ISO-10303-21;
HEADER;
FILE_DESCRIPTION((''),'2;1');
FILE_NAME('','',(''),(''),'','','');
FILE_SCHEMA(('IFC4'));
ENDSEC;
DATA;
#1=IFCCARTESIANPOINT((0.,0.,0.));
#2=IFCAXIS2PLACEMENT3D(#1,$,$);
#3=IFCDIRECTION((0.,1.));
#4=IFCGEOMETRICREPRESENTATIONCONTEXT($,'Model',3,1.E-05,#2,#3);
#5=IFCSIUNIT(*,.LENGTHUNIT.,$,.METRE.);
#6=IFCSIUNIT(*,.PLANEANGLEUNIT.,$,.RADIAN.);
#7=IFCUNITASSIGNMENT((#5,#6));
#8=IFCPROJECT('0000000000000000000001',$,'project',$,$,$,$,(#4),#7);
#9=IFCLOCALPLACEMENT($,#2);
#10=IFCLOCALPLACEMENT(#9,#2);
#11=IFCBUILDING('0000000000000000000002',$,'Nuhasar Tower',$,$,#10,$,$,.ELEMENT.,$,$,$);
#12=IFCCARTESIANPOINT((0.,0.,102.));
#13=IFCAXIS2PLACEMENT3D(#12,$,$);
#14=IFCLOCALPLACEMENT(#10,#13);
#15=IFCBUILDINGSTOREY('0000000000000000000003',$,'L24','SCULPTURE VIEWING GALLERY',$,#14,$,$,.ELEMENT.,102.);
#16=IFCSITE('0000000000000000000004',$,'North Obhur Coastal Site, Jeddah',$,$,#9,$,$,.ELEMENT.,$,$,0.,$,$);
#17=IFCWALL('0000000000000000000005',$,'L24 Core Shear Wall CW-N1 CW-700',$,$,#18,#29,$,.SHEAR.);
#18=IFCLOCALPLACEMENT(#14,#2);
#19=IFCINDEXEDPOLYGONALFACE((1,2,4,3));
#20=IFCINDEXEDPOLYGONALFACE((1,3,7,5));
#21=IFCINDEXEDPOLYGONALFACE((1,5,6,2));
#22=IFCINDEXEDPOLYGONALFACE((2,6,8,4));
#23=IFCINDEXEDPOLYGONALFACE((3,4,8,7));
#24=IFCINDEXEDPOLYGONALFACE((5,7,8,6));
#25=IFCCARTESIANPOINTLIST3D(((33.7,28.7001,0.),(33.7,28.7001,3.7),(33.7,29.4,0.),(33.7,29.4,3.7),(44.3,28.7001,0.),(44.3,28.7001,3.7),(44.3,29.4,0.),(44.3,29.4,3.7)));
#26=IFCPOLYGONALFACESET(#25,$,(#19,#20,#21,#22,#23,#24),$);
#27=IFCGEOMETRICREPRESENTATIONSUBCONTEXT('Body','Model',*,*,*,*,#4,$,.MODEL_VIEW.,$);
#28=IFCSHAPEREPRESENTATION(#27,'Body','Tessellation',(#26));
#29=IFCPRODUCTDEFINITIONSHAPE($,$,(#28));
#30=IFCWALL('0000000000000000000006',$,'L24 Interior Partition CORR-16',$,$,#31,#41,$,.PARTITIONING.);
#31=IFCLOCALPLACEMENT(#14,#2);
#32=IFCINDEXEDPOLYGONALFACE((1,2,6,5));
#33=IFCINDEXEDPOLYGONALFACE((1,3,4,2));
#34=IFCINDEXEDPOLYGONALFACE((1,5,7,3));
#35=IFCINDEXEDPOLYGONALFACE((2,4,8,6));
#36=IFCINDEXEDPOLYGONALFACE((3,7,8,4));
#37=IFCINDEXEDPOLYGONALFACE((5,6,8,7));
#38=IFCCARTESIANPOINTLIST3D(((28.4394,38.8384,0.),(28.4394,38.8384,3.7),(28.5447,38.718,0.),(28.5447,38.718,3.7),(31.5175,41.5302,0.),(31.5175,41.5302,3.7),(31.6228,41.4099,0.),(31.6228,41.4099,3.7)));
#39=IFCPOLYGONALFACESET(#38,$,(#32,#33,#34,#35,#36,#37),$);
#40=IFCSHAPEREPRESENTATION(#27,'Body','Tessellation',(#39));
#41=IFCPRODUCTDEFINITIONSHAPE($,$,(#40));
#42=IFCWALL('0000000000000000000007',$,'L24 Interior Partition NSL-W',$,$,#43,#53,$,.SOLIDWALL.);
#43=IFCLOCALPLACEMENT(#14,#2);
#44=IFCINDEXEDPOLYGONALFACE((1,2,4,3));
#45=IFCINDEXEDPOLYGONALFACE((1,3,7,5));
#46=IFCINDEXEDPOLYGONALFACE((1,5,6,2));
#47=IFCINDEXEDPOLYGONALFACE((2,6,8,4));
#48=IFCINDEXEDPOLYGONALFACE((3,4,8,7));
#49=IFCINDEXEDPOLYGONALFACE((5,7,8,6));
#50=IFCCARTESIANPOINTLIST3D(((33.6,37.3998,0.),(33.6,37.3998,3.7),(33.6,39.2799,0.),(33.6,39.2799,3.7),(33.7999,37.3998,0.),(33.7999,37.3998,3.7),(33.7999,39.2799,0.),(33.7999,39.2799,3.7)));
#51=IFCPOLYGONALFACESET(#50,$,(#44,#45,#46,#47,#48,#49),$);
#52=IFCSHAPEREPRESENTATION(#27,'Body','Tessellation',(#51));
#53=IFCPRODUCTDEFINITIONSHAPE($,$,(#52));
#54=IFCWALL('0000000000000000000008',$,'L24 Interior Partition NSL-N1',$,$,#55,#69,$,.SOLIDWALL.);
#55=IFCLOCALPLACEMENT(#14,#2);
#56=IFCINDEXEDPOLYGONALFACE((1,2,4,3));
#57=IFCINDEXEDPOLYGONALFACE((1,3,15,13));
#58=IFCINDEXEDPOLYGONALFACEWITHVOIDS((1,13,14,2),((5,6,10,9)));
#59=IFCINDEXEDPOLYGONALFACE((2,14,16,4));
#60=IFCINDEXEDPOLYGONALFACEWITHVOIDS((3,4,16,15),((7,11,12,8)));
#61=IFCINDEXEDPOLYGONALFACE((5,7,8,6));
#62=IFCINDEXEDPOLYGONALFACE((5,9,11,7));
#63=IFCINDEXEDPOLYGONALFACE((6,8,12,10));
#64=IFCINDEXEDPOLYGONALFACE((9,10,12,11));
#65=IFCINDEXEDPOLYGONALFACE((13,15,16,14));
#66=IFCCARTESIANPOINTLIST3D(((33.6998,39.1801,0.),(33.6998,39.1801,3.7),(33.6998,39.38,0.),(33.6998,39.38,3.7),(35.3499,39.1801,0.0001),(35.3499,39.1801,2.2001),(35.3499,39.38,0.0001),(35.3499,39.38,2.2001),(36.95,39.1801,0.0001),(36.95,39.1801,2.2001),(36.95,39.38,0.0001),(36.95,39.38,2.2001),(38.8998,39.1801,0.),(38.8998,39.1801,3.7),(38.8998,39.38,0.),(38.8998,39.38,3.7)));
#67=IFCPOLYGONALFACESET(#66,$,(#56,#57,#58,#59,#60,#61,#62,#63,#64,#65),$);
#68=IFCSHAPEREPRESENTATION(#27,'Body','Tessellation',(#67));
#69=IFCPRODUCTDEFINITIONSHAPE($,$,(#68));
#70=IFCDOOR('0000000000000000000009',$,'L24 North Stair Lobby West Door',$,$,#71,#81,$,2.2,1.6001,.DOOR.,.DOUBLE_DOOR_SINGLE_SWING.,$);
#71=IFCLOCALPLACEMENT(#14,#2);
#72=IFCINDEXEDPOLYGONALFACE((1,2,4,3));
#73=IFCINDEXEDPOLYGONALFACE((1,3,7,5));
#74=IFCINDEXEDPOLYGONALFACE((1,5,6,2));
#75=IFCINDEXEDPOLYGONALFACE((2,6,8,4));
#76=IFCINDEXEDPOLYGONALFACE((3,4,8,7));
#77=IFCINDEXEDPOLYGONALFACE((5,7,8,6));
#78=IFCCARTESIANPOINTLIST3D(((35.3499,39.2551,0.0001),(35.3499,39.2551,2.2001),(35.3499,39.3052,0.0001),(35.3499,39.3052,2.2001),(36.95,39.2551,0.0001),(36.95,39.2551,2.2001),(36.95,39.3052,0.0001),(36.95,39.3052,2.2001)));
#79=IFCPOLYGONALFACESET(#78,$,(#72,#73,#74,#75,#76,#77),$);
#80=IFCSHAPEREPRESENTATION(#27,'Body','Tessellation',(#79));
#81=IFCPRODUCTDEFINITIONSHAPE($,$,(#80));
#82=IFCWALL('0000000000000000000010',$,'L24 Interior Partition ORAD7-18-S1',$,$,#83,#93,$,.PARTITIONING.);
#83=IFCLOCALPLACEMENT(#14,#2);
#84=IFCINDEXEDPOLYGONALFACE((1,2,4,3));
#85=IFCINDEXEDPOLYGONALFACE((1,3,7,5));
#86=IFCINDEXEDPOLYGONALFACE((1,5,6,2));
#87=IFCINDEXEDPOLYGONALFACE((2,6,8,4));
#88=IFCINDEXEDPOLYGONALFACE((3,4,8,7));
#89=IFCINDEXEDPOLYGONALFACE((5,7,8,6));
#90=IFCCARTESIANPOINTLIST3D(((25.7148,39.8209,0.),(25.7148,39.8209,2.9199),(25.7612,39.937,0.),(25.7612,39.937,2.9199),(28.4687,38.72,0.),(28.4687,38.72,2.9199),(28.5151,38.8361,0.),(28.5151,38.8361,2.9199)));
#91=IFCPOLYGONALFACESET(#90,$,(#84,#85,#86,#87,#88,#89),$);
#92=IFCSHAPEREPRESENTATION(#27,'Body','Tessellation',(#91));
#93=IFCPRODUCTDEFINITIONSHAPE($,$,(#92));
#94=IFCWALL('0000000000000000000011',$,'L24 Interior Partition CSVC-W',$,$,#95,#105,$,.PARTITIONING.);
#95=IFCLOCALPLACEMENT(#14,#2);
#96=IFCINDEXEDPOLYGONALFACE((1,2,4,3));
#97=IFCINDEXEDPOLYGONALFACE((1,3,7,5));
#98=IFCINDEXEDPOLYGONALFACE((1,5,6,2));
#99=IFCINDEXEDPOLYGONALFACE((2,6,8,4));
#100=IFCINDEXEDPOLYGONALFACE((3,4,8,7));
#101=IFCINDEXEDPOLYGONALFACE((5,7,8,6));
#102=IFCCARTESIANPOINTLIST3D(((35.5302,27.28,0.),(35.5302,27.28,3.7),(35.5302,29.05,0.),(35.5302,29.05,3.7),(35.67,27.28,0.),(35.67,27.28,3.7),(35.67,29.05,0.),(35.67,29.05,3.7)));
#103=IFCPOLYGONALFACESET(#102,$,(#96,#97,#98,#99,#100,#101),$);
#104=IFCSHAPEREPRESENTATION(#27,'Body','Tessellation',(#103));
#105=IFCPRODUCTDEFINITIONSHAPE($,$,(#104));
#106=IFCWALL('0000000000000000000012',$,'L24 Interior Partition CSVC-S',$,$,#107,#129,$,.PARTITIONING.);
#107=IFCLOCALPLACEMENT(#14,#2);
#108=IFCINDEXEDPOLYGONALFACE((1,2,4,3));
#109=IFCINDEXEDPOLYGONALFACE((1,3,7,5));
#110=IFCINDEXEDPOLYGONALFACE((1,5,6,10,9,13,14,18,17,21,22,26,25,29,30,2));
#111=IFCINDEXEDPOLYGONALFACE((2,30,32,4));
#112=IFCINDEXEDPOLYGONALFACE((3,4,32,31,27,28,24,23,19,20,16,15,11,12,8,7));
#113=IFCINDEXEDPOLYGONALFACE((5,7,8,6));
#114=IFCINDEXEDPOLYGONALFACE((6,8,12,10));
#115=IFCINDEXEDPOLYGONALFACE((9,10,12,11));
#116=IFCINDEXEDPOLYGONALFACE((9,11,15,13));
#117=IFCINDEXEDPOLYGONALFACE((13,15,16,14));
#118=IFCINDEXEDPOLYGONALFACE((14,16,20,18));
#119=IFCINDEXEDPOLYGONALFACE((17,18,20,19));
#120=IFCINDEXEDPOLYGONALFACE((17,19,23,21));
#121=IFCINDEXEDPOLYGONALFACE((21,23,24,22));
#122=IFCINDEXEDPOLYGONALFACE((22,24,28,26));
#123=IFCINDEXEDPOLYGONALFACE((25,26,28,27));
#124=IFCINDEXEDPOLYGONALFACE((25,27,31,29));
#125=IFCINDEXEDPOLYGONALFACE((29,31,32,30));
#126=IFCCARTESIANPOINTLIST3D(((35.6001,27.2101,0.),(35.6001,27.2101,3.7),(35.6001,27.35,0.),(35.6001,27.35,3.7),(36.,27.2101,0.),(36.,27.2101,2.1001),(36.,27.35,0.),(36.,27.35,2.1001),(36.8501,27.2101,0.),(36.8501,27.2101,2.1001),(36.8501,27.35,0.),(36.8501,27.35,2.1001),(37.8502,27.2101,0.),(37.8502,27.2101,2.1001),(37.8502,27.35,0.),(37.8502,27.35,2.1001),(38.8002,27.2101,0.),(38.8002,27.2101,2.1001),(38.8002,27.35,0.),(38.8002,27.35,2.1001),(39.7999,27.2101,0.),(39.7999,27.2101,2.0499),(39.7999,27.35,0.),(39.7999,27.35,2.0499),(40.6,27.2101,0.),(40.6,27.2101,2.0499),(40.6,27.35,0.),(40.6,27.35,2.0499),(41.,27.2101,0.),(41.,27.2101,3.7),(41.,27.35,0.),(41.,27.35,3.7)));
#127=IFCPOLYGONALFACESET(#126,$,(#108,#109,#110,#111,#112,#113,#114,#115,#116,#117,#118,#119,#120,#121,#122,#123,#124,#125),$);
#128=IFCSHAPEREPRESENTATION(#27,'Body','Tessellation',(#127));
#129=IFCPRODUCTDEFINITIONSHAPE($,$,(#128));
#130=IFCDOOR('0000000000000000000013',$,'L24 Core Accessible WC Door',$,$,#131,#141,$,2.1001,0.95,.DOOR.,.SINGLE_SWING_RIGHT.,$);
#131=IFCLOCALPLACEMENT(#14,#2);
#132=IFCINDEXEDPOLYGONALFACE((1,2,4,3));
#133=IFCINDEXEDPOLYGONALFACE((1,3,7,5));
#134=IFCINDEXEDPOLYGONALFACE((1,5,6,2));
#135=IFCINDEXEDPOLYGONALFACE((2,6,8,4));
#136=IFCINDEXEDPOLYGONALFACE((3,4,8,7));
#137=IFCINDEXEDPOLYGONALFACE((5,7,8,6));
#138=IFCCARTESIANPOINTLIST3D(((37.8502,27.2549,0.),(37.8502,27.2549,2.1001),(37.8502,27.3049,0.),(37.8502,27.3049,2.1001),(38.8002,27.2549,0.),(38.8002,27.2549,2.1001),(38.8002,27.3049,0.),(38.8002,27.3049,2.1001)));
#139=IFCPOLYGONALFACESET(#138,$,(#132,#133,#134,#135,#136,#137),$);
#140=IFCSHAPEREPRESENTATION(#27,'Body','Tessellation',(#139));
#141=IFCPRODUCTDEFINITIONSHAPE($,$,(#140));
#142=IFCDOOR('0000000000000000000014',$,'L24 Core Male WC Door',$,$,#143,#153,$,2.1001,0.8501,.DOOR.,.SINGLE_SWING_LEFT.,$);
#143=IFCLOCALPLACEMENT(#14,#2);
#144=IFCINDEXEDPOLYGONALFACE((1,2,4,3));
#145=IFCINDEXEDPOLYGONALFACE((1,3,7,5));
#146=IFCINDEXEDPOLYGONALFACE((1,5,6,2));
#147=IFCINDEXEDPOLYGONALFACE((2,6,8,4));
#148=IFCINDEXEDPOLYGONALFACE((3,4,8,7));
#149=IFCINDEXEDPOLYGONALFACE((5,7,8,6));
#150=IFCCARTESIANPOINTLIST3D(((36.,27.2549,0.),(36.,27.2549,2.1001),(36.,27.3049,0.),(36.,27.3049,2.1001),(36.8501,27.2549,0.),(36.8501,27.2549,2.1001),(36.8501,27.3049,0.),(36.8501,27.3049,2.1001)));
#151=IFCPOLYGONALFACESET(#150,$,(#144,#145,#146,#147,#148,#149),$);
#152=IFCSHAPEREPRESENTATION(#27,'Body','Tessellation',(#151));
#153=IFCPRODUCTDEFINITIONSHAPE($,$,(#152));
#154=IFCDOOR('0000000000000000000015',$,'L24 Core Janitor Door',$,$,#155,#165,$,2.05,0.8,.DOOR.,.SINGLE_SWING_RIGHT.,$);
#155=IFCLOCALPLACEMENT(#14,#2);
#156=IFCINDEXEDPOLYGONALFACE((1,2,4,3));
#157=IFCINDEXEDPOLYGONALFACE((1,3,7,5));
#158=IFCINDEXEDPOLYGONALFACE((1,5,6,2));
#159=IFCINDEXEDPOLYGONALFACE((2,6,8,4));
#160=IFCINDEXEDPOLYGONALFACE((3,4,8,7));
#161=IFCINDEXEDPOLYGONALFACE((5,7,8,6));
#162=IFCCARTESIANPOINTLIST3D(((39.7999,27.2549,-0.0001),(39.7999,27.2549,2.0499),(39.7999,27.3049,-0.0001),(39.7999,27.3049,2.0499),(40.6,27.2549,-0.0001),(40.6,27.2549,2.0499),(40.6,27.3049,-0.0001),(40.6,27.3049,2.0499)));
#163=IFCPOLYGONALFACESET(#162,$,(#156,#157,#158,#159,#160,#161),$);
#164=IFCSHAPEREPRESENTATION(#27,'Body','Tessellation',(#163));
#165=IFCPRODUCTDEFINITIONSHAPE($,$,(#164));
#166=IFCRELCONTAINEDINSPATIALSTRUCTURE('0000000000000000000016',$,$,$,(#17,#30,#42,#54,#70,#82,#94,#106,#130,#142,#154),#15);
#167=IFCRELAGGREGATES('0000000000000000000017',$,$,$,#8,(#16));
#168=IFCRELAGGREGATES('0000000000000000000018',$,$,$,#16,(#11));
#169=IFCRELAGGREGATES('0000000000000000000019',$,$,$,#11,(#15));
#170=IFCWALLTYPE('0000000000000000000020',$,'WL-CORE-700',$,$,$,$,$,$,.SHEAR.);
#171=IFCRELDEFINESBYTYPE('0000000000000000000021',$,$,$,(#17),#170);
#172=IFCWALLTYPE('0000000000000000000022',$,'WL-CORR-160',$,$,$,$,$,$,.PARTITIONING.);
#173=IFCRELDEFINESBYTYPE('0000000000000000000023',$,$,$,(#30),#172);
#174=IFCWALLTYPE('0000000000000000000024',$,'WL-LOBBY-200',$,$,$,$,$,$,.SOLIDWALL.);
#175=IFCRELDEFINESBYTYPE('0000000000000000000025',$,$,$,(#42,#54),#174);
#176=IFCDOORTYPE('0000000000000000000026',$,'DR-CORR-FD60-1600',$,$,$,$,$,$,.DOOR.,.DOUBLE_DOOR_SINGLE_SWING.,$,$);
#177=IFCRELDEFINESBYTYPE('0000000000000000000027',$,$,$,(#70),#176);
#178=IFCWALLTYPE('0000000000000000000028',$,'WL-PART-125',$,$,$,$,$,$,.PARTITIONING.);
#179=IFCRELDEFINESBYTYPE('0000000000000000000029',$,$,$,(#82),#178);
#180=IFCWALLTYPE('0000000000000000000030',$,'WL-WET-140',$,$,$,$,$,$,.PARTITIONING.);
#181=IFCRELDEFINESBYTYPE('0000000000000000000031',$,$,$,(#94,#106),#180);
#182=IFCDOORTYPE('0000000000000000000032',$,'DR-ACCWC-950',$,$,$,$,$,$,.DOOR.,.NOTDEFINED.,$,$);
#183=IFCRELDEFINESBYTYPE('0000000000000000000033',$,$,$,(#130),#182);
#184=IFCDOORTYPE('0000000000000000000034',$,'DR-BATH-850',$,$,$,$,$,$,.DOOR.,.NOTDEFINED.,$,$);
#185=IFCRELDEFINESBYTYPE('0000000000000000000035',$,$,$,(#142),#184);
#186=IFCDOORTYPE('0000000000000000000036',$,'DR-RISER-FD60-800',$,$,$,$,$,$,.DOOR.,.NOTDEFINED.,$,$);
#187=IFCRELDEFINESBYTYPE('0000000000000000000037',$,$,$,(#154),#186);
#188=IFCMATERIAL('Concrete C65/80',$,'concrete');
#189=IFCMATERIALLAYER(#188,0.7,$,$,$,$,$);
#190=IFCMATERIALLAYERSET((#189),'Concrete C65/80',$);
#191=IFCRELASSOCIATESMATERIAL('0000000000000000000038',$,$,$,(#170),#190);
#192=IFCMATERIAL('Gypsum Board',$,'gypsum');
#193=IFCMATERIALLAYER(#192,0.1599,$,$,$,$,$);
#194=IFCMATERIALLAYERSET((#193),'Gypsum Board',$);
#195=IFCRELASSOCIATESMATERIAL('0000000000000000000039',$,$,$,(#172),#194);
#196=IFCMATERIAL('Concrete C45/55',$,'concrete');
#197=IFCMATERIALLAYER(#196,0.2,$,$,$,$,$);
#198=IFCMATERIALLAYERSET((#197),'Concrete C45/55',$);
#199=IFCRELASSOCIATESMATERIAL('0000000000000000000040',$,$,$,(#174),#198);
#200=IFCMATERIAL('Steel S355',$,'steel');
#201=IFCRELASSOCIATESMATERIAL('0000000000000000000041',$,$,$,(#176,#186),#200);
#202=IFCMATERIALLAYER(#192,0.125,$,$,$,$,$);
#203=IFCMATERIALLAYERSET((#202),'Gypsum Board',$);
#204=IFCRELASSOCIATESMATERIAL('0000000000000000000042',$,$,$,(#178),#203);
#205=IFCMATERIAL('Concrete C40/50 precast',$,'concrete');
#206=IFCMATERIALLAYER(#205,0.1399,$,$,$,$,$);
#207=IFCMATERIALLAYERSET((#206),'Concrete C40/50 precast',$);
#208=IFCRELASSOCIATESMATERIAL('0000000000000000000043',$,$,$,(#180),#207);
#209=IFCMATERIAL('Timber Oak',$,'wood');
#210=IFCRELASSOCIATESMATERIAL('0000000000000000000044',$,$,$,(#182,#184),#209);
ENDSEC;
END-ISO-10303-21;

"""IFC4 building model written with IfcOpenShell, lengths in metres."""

from ifc_helpers import new_model, si_unit, direction, frame, frame_2d, origin, place, context, subcontext, project, spatial, rectangle, extrude, material, layer, layer_set, type_object, element, fill, save


model = new_model("IFC4")

# Units and contexts
model_context = context("Model", 3, precision=1e-05, world=origin(), true_north=direction((0.0, 1.0)))
body_context = subcontext(model_context, "Body", "Model", "MODEL_VIEW")
ifc_project = project(units=[si_unit("LENGTHUNIT", "METRE"), si_unit("PLANEANGLEUNIT", "RADIAN")], contexts=[model_context])

# Site, building, storey
site_placement = place(None, origin())
site = spatial("IfcSite", under=ifc_project, at=site_placement, Name="North Obhur Coastal Site, Jeddah", CompositionType="ELEMENT", RefElevation=0.0)
building_placement = place(site_placement, origin())
building = spatial("IfcBuilding", under=site, at=building_placement, Name="Nuhasar Tower", CompositionType="ELEMENT")
storey_placement = place(building_placement, frame((0.0, 0.0, 102.0)))
storey = spatial("IfcBuildingStorey", under=building, at=storey_placement, Name="L24", Description="SCULPTURE VIEWING GALLERY", CompositionType="ELEMENT", Elevation=102.0)

# Shared definitions
ifc_material_1 = material(Name="Steel S355", Category="steel")

# Walls
ifc_material_2 = material(Name="Concrete C65/80", Category="concrete")
ifc_layer_1 = layer(ifc_material_2, 0.7)
ifc_layer_set_1 = layer_set([ifc_layer_1], Name="Concrete C65/80")
wall_type_1 = type_object("IfcWallType", Name="WL-CORE-700", PredefinedType="SHEAR", material=ifc_layer_set_1)
wall_1_placement = place(storey_placement, frame((33.7, 29.05, 0.0), z_axis=(0.0, 0.0, 1.0), x_axis=(1.0, 0.0, 0.0)))
element("IfcWall", 1, at=wall_1_placement, inside=storey, type_object=wall_type_1, Name="L24 Core Shear Wall CW-N1 CW-700", PredefinedType="SHEAR", context=body_context, shape_type="SweptSolid", body=[
    extrude(rectangle(XDim=10.6001, YDim=0.7, at=frame_2d((5.3, 0.0))), origin(), (0.0, 0.0, 1.0), 3.7),
])
ifc_material_3 = material(Name="Gypsum Board", Category="gypsum")
ifc_layer_2 = layer(ifc_material_3, 0.1599)
ifc_layer_set_2 = layer_set([ifc_layer_2], Name="Gypsum Board")
wall_type_2 = type_object("IfcWallType", Name="WL-CORR-160", PredefinedType="PARTITIONING", material=ifc_layer_set_2)
wall_2_placement = place(storey_placement, frame((31.5701, 41.47, 0.0), z_axis=(0.0, 0.0, 1.0), x_axis=(-0.752754, -0.658302, 0.0)))
element("IfcWall", 2, at=wall_2_placement, inside=storey, type_object=wall_type_2, Name="L24 Interior Partition CORR-16", PredefinedType="PARTITIONING", context=body_context, shape_type="SweptSolid", body=[
    extrude(rectangle(XDim=4.0891, YDim=0.1599, at=frame_2d((2.0444, 0.0))), origin(), (0.0, 0.0, 1.0), 3.7),
])
ifc_material_4 = material(Name="Concrete C45/55", Category="concrete")
ifc_layer_3 = layer(ifc_material_4, 0.2)
ifc_layer_set_3 = layer_set([ifc_layer_3], Name="Concrete C45/55")
wall_type_3 = type_object("IfcWallType", Name="WL-LOBBY-200", PredefinedType="SOLIDWALL", material=ifc_layer_set_3)
wall_3_placement = place(storey_placement, frame((33.7, 37.3999, 0.0), z_axis=(0.0, 0.0, 1.0), x_axis=(0.0, 1.0, 0.0)))
element("IfcWall", 3, at=wall_3_placement, inside=storey, type_object=wall_type_3, Name="L24 Interior Partition NSL-W", PredefinedType="SOLIDWALL", context=body_context, shape_type="SweptSolid", body=[
    extrude(rectangle(XDim=1.8801, YDim=0.2, at=frame_2d((0.9399, 0.0))), origin(), (0.0, 0.0, 1.0), 3.7),
])

# Wall, opening, door
wall_4_placement = place(storey_placement, frame((38.8999, 39.28, 0.0), z_axis=(0.0, 0.0, 1.0), x_axis=(-1.0, 0.0, 0.0)))
wall_4 = element("IfcWall", 4, at=wall_4_placement, inside=storey, type_object=wall_type_3, Name="L24 Interior Partition NSL-N1", PredefinedType="SOLIDWALL", context=body_context, shape_type="SweptSolid", body=[
    extrude(rectangle(XDim=5.2, YDim=0.2, at=frame_2d((2.6001, 0.0))), origin(), (0.0, 0.0, 1.0), 3.7),
])
opening_1_placement = place(wall_4_placement, frame((1.95, 0.0, 0.0)))
opening_1 = element("IfcOpeningElement", 5, at=opening_1_placement, cuts=wall_4, PredefinedType="OPENING", context=body_context, shape_type="SweptSolid", body=[
    extrude(rectangle(XDim=1.6001, YDim=2.2, at=frame_2d((0.8, 1.1001))), frame((0.0, 0.1099, 0.0), z_axis=(0.0, -1.0, 0.0), x_axis=(1.0, 0.0, 0.0)), (0.0, 0.0, 1.0), 0.22),
])
door_type_1 = type_object("IfcDoorType", Name="DR-CORR-FD60-1600", OperationType="DOUBLE_DOOR_SINGLE_SWING", PredefinedType="DOOR", material=ifc_material_1)
door_1_placement = place(opening_1_placement, origin())
door_1 = element("IfcDoor", 6, at=door_1_placement, inside=storey, type_object=door_type_1, Name="L24 North Stair Lobby West Door", OperationType="DOUBLE_DOOR_SINGLE_SWING", OverallHeight=2.2, OverallWidth=1.6001, PredefinedType="DOOR", context=body_context, shape_type="SweptSolid", body=[
    extrude(rectangle(XDim=1.6001, YDim=2.2, at=frame_2d((0.8, 1.1001))), frame((0.0, 0.0249, 0.0), z_axis=(0.0, -1.0, 0.0), x_axis=(1.0, 0.0, 0.0)), (0.0, 0.0, 1.0), 0.05),
])
fill(opening_1, door_1)

# Walls
ifc_layer_4 = layer(ifc_material_3, 0.125)
ifc_layer_set_4 = layer_set([ifc_layer_4], Name="Gypsum Board")
wall_type_4 = type_object("IfcWallType", Name="WL-PART-125", PredefinedType="PARTITIONING", material=ifc_layer_set_4)
wall_5_placement = place(storey_placement, frame((28.4919, 38.7781, 0.0), z_axis=(0.0, 0.0, 1.0), x_axis=(-0.928562, 0.371178, 0.0)))
element("IfcWall", 7, at=wall_5_placement, inside=storey, type_object=wall_type_4, Name="L24 Interior Partition ORAD7-18-S1", PredefinedType="PARTITIONING", context=body_context, shape_type="SweptSolid", body=[
    extrude(rectangle(XDim=2.9658, YDim=0.125, at=frame_2d((1.4829, 0.0))), origin(), (0.0, 0.0, 1.0), 2.9199),
])
ifc_material_5 = material(Name="Concrete C40/50 precast", Category="concrete")
ifc_layer_5 = layer(ifc_material_5, 0.1399)
ifc_layer_set_5 = layer_set([ifc_layer_5], Name="Concrete C40/50 precast")
wall_type_5 = type_object("IfcWallType", Name="WL-WET-140", PredefinedType="PARTITIONING", material=ifc_layer_set_5)
wall_6_placement = place(storey_placement, frame((35.6001, 27.28, 0.0), z_axis=(0.0, 0.0, 1.0), x_axis=(0.0, 1.0, 0.0)))
element("IfcWall", 8, at=wall_6_placement, inside=storey, type_object=wall_type_5, Name="L24 Interior Partition CSVC-W", PredefinedType="PARTITIONING", context=body_context, shape_type="SweptSolid", body=[
    extrude(rectangle(XDim=1.77, YDim=0.1399, at=frame_2d((0.885, 0.0))), origin(), (0.0, 0.0, 1.0), 3.7),
])

# Wall, openings, doors
wall_7_placement = place(storey_placement, frame((35.6001, 27.28, 0.0), z_axis=(0.0, 0.0, 1.0), x_axis=(1.0, 0.0, 0.0)))
wall_7 = element("IfcWall", 9, at=wall_7_placement, inside=storey, type_object=wall_type_5, Name="L24 Interior Partition CSVC-S", PredefinedType="PARTITIONING", context=body_context, shape_type="SweptSolid", body=[
    extrude(rectangle(XDim=5.3999, YDim=0.1399, at=frame_2d((2.7, 0.0))), origin(), (0.0, 0.0, 1.0), 3.7),
])
opening_2_placement = place(wall_7_placement, frame((0.3999, 0.0, 0.0)))
opening_2 = element("IfcOpeningElement", 10, at=opening_2_placement, cuts=wall_7, PredefinedType="OPENING", context=body_context, shape_type="SweptSolid", body=[
    extrude(rectangle(XDim=0.8501, YDim=2.1001, at=frame_2d((0.425, 1.05))), frame((0.0, 0.0801, 0.0), z_axis=(0.0, -1.0, 0.0), x_axis=(1.0, 0.0, 0.0)), (0.0, 0.0, 1.0), 0.1599),
])
opening_3_placement = place(wall_7_placement, frame((2.25, 0.0, 0.0)))
opening_3 = element("IfcOpeningElement", 11, at=opening_3_placement, cuts=wall_7, PredefinedType="OPENING", context=body_context, shape_type="SweptSolid", body=[
    extrude(rectangle(XDim=0.95, YDim=2.1001, at=frame_2d((0.4751, 1.05))), frame((0.0, 0.0801, 0.0), z_axis=(0.0, -1.0, 0.0), x_axis=(1.0, 0.0, 0.0)), (0.0, 0.0, 1.0), 0.1599),
])
opening_4_placement = place(wall_7_placement, frame((4.2, 0.0, 0.0)))
opening_4 = element("IfcOpeningElement", 12, at=opening_4_placement, cuts=wall_7, PredefinedType="OPENING", context=body_context, shape_type="SweptSolid", body=[
    extrude(rectangle(XDim=0.8, YDim=2.05, at=frame_2d((0.3999, 1.0249))), frame((0.0, 0.0801, 0.0), z_axis=(0.0, -1.0, 0.0), x_axis=(1.0, 0.0, 0.0)), (0.0, 0.0, 1.0), 0.1599),
])
ifc_material_6 = material(Name="Timber Oak", Category="wood")
door_type_2 = type_object("IfcDoorType", Name="DR-ACCWC-950", OperationType="NOTDEFINED", PredefinedType="DOOR", material=ifc_material_6)
door_2_placement = place(opening_3_placement, origin())
door_2 = element("IfcDoor", 13, at=door_2_placement, inside=storey, type_object=door_type_2, Name="L24 Core Accessible WC Door", OperationType="SINGLE_SWING_RIGHT", OverallHeight=2.1001, OverallWidth=0.95, PredefinedType="DOOR", context=body_context, shape_type="SweptSolid", body=[
    extrude(rectangle(XDim=0.95, YDim=2.1001, at=frame_2d((0.4751, 1.05))), frame((0.0, 0.0249, 0.0), z_axis=(0.0, -1.0, 0.0), x_axis=(1.0, 0.0, 0.0)), (0.0, 0.0, 1.0), 0.05),
])
fill(opening_3, door_2)
door_type_3 = type_object("IfcDoorType", Name="DR-BATH-850", OperationType="NOTDEFINED", PredefinedType="DOOR", material=ifc_material_6)
door_3_placement = place(opening_2_placement, origin())
door_3 = element("IfcDoor", 14, at=door_3_placement, inside=storey, type_object=door_type_3, Name="L24 Core Male WC Door", OperationType="SINGLE_SWING_LEFT", OverallHeight=2.1001, OverallWidth=0.8501, PredefinedType="DOOR", context=body_context, shape_type="SweptSolid", body=[
    extrude(rectangle(XDim=0.8501, YDim=2.1001, at=frame_2d((0.425, 1.05))), frame((0.0, 0.0249, 0.0), z_axis=(0.0, -1.0, 0.0), x_axis=(1.0, 0.0, 0.0)), (0.0, 0.0, 1.0), 0.05),
])
fill(opening_2, door_3)
door_type_4 = type_object("IfcDoorType", Name="DR-RISER-FD60-800", OperationType="NOTDEFINED", PredefinedType="DOOR", material=ifc_material_1)
door_4_placement = place(opening_4_placement, origin())
door_4 = element("IfcDoor", 15, at=door_4_placement, inside=storey, type_object=door_type_4, Name="L24 Core Janitor Door", OperationType="SINGLE_SWING_RIGHT", OverallHeight=2.05, OverallWidth=0.8, PredefinedType="DOOR", context=body_context, shape_type="SweptSolid", body=[
    extrude(rectangle(XDim=0.8, YDim=2.05, at=frame_2d((0.3999, 1.0249))), frame((0.0, 0.0249, 0.0), z_axis=(0.0, -1.0, 0.0), x_axis=(1.0, 0.0, 0.0)), (0.0, 0.0, 1.0), 0.05),
])
fill(opening_4, door_4)

save(model, "model.ifc")
